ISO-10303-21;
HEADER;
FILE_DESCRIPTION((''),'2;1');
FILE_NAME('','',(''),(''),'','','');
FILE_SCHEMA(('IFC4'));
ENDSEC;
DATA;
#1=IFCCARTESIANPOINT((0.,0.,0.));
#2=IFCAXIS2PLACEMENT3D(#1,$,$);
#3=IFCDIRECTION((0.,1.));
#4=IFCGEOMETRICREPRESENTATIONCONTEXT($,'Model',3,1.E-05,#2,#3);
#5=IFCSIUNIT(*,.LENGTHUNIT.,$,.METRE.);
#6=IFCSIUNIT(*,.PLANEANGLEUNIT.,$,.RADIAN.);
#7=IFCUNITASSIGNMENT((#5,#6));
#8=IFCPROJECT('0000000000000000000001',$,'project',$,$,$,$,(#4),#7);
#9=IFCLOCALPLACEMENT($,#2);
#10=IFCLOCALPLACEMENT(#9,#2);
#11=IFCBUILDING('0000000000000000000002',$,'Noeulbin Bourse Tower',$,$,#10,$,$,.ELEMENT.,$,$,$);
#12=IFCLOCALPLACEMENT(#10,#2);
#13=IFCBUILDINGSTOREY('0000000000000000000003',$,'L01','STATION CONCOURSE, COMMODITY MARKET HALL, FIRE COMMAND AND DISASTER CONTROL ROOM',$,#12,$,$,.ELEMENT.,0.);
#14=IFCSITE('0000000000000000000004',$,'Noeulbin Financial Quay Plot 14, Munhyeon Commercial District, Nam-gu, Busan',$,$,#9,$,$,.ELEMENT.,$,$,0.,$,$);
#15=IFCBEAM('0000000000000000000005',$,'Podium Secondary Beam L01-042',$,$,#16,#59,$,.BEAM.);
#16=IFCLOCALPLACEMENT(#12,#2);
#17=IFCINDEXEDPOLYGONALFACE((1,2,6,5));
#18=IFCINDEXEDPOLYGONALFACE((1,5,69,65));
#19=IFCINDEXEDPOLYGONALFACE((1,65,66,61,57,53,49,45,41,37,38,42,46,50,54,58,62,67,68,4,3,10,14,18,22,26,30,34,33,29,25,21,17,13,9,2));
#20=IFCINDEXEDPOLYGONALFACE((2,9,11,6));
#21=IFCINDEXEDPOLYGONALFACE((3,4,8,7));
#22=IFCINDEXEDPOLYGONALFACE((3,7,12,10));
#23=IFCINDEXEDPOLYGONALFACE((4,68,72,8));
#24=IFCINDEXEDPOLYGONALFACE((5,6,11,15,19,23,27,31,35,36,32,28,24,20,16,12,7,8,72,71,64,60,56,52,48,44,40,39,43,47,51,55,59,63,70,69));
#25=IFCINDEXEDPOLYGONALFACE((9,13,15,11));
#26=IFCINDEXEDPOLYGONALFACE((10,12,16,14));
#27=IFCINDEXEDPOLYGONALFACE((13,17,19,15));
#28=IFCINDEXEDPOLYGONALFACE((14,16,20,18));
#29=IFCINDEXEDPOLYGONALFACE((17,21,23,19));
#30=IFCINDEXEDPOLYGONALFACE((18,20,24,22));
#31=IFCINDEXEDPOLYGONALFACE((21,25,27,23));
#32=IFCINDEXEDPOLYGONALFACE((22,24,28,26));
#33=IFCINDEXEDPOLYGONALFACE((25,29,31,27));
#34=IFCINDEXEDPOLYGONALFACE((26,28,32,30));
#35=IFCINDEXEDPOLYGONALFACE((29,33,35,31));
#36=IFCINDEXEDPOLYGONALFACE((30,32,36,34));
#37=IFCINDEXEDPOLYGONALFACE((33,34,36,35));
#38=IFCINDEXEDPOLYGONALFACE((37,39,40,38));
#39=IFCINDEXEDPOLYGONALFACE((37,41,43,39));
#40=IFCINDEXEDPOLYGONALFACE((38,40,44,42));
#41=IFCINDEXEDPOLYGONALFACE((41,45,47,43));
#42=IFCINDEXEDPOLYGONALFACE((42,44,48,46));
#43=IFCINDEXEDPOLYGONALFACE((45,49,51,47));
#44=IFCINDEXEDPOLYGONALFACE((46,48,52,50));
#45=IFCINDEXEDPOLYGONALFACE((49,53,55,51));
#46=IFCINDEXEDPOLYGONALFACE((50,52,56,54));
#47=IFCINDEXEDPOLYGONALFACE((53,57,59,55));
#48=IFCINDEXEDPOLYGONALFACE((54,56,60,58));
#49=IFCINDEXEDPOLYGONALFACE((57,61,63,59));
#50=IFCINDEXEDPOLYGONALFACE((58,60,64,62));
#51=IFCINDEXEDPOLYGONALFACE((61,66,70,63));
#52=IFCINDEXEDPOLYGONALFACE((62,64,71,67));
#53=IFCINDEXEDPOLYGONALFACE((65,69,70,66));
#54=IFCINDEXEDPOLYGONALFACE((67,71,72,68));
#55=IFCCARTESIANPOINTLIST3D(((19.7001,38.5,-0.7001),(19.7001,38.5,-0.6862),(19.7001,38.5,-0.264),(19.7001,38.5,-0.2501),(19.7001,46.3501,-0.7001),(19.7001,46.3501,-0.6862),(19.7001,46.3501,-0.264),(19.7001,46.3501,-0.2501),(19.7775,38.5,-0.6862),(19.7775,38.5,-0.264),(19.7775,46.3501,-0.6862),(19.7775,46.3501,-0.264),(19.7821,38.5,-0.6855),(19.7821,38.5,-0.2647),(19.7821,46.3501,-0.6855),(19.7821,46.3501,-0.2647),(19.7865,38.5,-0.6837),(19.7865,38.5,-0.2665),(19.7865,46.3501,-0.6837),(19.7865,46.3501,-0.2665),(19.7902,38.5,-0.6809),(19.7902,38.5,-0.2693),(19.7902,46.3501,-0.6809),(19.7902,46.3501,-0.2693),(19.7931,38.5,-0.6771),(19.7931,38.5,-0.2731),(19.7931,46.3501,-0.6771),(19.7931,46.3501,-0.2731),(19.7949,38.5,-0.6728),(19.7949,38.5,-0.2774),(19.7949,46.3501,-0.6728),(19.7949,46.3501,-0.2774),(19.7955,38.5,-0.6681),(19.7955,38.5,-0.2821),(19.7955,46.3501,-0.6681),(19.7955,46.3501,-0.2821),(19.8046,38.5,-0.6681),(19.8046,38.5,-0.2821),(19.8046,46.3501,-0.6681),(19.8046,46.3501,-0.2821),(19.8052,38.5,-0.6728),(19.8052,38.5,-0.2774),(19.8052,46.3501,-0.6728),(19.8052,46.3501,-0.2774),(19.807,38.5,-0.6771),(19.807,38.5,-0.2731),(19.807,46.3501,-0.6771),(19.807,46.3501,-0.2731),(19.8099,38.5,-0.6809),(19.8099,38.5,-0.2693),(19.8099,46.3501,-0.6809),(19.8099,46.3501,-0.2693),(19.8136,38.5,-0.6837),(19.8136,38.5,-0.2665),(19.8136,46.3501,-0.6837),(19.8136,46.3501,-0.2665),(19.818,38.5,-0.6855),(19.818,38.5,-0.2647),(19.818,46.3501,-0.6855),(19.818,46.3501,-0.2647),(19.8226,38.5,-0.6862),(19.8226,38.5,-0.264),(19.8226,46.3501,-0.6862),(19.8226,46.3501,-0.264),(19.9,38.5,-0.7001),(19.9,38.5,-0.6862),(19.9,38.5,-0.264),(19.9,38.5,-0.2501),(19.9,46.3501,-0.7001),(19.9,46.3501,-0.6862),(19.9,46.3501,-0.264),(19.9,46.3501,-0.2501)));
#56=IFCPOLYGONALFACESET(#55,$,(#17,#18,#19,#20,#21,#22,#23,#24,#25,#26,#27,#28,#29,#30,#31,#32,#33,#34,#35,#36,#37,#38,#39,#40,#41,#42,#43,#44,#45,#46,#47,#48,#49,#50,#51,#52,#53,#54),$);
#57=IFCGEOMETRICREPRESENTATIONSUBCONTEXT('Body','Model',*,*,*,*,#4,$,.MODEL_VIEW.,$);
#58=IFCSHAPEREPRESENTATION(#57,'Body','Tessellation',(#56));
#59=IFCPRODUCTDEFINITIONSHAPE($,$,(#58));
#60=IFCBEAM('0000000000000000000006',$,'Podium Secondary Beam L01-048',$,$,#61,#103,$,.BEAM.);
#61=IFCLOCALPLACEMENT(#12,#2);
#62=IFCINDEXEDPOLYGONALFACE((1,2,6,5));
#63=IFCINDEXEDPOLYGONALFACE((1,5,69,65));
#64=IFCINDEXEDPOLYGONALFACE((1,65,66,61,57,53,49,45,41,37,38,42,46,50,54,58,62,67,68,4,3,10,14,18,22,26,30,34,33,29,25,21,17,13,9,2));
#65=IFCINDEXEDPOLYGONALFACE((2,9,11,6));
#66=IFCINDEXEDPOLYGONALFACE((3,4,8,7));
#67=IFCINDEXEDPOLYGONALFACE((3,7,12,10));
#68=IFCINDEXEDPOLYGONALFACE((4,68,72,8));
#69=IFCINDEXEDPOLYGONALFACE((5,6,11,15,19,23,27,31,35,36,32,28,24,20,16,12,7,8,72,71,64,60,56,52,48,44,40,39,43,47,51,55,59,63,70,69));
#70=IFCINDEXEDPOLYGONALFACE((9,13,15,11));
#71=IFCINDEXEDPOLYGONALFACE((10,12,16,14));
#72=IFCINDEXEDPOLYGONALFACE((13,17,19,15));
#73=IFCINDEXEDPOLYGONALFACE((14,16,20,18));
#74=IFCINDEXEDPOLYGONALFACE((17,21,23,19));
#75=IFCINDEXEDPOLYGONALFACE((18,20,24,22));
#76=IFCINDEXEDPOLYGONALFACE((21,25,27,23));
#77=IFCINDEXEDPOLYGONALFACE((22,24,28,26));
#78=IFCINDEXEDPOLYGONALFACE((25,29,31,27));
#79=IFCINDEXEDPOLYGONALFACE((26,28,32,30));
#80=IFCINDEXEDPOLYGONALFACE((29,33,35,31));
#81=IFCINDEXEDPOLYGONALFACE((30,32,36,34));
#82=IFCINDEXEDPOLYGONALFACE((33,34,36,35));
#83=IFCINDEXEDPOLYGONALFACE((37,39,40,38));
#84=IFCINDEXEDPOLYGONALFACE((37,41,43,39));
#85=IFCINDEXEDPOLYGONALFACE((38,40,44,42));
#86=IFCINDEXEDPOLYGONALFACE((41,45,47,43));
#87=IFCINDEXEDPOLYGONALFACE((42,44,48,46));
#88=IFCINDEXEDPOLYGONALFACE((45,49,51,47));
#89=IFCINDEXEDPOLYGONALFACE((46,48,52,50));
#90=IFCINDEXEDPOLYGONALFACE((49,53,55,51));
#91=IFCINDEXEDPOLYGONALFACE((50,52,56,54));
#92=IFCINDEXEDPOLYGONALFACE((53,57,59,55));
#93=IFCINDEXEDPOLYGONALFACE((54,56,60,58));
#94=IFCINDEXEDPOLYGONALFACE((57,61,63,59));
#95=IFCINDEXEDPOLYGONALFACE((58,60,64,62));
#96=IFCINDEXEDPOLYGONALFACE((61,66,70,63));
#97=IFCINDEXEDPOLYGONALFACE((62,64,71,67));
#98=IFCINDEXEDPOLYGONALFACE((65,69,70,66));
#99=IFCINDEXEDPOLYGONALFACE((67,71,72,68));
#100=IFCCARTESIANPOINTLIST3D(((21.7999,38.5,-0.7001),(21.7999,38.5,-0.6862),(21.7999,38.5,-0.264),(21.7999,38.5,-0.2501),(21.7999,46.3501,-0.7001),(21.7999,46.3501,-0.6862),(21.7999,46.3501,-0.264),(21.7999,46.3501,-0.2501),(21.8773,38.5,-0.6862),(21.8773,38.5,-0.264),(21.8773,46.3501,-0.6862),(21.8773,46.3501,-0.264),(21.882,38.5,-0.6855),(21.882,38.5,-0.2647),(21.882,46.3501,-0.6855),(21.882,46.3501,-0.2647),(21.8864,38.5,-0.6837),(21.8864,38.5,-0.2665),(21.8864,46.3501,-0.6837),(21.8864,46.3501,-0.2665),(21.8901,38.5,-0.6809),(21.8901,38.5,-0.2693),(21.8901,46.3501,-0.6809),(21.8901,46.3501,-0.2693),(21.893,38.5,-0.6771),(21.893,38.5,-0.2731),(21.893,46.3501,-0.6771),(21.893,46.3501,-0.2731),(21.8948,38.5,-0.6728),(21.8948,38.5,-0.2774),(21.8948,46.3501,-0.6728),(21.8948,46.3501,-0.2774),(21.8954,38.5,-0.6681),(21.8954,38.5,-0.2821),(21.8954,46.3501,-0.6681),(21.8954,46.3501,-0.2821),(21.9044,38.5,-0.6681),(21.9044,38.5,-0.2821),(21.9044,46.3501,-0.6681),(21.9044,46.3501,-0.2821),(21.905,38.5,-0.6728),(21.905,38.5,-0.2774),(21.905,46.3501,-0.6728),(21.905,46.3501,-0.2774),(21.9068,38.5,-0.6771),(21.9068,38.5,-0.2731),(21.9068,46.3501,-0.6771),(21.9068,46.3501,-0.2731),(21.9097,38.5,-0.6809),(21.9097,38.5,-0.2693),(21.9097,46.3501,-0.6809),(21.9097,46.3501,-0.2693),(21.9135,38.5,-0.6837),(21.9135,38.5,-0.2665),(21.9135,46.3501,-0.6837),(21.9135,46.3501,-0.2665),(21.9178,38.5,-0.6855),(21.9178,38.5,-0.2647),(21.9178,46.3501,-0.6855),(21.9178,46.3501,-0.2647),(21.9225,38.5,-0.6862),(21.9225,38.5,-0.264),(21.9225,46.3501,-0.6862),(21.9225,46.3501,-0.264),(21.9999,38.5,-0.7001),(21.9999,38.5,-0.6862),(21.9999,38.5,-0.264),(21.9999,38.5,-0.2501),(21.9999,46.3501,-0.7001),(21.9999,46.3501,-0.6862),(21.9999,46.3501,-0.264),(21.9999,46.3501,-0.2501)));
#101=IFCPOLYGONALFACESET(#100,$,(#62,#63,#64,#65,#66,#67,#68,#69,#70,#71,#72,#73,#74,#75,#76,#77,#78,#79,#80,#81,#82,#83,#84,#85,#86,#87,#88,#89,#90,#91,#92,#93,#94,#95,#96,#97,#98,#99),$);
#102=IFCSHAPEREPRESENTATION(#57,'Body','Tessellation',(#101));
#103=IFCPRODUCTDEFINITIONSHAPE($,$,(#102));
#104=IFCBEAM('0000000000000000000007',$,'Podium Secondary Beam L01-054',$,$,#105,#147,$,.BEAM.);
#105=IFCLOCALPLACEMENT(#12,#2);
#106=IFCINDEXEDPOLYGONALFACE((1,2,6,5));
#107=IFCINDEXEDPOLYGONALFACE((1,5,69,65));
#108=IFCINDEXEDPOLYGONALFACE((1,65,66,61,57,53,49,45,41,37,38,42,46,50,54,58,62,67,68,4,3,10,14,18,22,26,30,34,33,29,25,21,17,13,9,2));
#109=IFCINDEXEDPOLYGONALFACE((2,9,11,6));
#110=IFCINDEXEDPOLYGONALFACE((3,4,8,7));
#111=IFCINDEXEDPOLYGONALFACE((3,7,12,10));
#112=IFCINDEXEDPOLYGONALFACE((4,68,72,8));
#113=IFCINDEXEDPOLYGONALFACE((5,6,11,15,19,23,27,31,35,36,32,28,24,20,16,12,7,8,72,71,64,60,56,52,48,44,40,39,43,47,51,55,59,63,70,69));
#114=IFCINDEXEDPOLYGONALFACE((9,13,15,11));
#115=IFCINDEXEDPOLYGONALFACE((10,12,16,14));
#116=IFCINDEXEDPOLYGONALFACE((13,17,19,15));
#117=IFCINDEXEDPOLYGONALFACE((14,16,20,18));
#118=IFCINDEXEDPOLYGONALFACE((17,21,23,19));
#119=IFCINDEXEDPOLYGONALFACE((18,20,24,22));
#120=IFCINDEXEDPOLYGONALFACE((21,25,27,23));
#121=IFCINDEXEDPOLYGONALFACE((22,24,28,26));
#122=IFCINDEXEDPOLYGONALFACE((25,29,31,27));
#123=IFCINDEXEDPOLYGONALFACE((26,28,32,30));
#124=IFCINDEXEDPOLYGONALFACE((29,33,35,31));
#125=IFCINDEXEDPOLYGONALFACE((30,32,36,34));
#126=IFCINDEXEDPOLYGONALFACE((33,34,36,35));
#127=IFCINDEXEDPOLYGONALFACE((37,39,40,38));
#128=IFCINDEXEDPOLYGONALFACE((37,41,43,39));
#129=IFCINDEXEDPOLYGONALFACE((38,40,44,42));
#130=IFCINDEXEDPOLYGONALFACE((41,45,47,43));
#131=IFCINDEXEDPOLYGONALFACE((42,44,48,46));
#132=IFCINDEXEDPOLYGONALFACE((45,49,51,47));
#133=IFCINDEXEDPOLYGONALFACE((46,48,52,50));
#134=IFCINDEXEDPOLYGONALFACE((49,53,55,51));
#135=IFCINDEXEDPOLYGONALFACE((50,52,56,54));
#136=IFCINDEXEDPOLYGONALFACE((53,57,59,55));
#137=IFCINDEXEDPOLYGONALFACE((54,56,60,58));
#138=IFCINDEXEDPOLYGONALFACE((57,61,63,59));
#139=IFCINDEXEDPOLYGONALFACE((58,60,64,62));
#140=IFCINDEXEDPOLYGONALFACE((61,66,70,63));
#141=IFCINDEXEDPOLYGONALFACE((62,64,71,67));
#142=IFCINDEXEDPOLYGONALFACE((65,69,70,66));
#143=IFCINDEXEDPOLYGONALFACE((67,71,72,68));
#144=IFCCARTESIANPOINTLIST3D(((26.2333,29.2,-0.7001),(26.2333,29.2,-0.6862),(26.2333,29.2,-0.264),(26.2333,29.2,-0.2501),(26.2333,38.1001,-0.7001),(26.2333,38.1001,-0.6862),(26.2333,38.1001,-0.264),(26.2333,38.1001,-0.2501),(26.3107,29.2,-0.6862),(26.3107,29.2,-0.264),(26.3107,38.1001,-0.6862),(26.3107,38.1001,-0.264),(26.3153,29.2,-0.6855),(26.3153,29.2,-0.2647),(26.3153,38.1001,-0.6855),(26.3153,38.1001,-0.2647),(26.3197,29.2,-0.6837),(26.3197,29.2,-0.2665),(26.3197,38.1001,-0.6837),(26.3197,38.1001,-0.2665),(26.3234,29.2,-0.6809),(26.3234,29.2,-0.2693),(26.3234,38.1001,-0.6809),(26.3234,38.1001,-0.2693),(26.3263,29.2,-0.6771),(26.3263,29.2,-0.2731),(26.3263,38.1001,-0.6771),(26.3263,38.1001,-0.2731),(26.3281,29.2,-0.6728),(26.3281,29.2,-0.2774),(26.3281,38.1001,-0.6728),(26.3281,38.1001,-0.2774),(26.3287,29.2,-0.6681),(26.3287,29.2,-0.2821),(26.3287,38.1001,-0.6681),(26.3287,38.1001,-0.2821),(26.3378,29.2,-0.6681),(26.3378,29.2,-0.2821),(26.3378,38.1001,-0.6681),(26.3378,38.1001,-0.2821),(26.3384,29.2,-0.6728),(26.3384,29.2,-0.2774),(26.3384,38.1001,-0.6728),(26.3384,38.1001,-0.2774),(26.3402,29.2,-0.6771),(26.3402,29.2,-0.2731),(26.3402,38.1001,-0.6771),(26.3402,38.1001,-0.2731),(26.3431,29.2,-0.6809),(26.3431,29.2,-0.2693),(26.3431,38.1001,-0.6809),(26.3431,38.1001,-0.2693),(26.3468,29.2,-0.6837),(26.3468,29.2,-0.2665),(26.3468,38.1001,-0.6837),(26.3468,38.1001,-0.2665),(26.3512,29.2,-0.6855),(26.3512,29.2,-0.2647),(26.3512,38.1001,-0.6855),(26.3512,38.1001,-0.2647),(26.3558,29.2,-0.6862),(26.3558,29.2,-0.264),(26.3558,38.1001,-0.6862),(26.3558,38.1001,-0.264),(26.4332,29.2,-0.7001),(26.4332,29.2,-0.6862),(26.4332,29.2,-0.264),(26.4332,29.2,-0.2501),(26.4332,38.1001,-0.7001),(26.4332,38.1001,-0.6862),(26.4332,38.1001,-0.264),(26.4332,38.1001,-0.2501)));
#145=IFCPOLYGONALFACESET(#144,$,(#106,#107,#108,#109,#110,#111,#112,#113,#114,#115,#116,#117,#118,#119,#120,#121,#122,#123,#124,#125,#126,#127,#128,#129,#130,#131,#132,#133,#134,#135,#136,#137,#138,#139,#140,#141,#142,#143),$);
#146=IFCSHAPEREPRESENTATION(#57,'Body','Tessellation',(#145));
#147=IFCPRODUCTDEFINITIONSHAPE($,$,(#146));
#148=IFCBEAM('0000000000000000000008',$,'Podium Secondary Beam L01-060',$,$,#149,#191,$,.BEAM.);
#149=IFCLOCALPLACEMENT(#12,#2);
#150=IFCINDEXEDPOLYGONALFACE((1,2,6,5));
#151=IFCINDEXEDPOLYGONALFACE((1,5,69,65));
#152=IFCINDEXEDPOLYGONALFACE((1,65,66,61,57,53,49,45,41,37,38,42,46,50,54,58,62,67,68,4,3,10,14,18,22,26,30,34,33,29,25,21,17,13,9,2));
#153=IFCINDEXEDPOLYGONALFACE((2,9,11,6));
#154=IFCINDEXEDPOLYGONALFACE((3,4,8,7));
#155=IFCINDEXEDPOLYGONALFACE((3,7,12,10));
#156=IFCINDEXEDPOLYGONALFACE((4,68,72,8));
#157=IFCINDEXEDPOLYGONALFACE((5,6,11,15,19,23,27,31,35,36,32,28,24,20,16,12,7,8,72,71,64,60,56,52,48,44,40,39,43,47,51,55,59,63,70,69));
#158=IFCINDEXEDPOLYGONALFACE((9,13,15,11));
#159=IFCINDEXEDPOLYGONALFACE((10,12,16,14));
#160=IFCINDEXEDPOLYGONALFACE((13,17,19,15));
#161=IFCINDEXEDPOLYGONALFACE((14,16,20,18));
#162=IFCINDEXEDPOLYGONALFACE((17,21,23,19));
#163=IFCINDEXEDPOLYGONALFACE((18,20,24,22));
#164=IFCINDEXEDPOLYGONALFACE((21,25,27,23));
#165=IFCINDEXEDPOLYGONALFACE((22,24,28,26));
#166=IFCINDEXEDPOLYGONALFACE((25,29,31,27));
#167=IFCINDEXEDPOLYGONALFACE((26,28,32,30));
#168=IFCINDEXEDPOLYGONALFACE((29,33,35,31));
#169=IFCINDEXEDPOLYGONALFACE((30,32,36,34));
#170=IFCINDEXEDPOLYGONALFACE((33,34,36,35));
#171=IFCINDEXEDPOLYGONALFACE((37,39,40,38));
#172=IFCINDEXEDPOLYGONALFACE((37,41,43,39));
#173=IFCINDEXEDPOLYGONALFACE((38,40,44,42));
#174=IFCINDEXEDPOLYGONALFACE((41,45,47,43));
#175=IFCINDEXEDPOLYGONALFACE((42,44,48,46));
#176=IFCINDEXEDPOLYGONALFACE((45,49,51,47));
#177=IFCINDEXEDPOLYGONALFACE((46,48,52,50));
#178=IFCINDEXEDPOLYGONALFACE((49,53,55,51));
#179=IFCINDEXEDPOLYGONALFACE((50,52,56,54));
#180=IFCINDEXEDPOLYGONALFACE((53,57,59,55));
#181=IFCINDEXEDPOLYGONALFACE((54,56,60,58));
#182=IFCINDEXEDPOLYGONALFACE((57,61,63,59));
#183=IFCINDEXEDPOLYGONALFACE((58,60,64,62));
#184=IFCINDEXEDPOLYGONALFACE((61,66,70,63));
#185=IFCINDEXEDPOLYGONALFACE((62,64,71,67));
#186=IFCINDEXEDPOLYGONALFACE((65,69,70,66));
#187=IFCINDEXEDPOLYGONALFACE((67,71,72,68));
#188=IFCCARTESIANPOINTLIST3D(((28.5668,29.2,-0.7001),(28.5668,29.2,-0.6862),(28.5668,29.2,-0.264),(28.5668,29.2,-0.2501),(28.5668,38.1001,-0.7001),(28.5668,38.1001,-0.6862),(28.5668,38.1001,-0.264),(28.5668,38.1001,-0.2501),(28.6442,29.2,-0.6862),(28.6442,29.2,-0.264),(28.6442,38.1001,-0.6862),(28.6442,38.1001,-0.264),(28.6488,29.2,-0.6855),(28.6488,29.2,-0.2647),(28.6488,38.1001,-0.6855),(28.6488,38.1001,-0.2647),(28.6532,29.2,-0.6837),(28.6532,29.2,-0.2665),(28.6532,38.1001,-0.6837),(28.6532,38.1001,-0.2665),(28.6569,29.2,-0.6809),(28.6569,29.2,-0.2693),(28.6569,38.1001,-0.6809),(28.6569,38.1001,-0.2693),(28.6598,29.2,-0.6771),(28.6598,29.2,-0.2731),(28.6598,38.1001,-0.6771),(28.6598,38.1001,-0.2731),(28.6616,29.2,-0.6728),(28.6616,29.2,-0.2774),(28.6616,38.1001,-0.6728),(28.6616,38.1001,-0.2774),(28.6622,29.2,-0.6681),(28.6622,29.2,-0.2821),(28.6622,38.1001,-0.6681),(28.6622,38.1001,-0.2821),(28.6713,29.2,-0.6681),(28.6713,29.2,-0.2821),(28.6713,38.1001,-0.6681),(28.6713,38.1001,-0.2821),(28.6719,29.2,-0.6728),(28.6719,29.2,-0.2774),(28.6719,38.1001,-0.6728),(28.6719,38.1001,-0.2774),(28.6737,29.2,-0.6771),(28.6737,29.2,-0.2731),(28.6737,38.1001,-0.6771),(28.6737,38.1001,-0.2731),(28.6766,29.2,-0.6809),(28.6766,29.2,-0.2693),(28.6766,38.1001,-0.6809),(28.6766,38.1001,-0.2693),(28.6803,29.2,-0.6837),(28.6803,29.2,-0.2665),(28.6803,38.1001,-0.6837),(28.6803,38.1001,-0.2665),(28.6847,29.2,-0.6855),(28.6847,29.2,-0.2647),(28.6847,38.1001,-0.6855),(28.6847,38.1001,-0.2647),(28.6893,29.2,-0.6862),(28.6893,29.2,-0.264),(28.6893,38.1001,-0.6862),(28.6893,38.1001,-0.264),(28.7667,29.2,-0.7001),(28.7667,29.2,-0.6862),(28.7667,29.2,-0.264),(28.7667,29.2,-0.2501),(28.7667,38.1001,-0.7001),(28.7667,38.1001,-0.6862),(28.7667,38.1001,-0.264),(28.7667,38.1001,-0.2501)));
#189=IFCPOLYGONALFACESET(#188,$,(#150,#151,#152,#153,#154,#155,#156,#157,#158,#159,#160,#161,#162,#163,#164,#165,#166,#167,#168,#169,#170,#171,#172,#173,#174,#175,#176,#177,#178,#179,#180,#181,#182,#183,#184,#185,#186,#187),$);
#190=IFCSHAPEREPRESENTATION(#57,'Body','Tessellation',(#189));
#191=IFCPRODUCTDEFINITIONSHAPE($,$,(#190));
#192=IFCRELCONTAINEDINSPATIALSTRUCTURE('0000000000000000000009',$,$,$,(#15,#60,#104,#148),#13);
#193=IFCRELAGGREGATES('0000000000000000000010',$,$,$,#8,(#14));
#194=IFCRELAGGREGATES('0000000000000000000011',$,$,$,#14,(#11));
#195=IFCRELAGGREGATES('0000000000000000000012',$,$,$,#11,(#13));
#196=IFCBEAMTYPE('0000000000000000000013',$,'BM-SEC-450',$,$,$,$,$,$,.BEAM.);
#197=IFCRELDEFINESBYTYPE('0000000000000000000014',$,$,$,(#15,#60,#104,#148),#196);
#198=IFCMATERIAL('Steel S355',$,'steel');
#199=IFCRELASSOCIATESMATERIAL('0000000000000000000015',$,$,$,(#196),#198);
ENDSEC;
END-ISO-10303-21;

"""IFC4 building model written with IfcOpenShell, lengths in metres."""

from ifc_helpers import new_model, si_unit, direction, frame, origin, origin_2d, place, context, subcontext, project, spatial, i_section, extrude, material, material_profile, profile_set, type_object, element, save


model = new_model("IFC4")

# Units and contexts
model_context = context("Model", 3, precision=1e-05, world=origin(), true_north=direction((0.0, 1.0)))
body_context = subcontext(model_context, "Body", "Model", "MODEL_VIEW")
ifc_project = project(units=[si_unit("LENGTHUNIT", "METRE"), si_unit("PLANEANGLEUNIT", "RADIAN")], contexts=[model_context])

# Site, building, storey
site_placement = place(None, origin())
site = spatial("IfcSite", under=ifc_project, at=site_placement, Name="Noeulbin Financial Quay Plot 14, Munhyeon Commercial District, Nam-gu, Busan", CompositionType="ELEMENT", RefElevation=0.0)
building_placement = place(site_placement, origin())
building = spatial("IfcBuilding", under=site, at=building_placement, Name="Noeulbin Bourse Tower", CompositionType="ELEMENT")
storey_placement = place(building_placement, origin())
storey = spatial("IfcBuildingStorey", under=building, at=storey_placement, Name="L01", Description="STATION CONCOURSE, COMMODITY MARKET HALL, FIRE COMMAND AND DISASTER CONTROL ROOM", CompositionType="ELEMENT", Elevation=0.0)

# Beams
ifc_material_1 = material(Name="Steel S355", Category="steel")
ifc_material_profile_1 = material_profile(ifc_material_1, i_section(OverallWidth=0.2, OverallDepth=0.45, WebThickness=0.009, FlangeThickness=0.0139, FilletRadius=0.0181, at=origin_2d()), Name="H-450x200x9x14", Category="LoadBearing")
ifc_profile_set_1 = profile_set([ifc_material_profile_1], Name="Steel S355")
beam_type_1 = type_object("IfcBeamType", Name="BM-SEC-450", PredefinedType="BEAM", material=ifc_profile_set_1)
for number, where, z_axis, x_axis, name in (
    (1, (19.8, 38.5, -0.4751), (0.0, 1.0, 0.0), (-1.0, 0.0, 0.0), "Podium Secondary Beam L01-042"),
    (2, (21.8999, 38.5, -0.4751), (0.0, 1.0, 0.0), (-1.0, 0.0, 0.0), "Podium Secondary Beam L01-048"),
):
    element("IfcBeam", number, at=place(storey_placement, frame(where, z_axis=z_axis, x_axis=x_axis)), inside=storey, type_object=beam_type_1, Name=name, PredefinedType="BEAM", context=body_context, shape_type="SweptSolid", body=[
        extrude(i_section(OverallWidth=0.2, OverallDepth=0.45, WebThickness=0.009, FlangeThickness=0.0139, FilletRadius=0.0181, at=origin_2d()), origin(), (0.0, 0.0, 1.0), 7.8501),
    ])
for number, where, z_axis, x_axis, name in (
    (3, (26.3333, 29.2, -0.4751), (0.0, 1.0, 0.0), (-1.0, 0.0, 0.0), "Podium Secondary Beam L01-054"),
    (4, (28.6667, 29.2, -0.4751), (0.0, 1.0, 0.0), (-1.0, 0.0, 0.0), "Podium Secondary Beam L01-060"),
):
    element("IfcBeam", number, at=place(storey_placement, frame(where, z_axis=z_axis, x_axis=x_axis)), inside=storey, type_object=beam_type_1, Name=name, PredefinedType="BEAM", context=body_context, shape_type="SweptSolid", body=[
        extrude(i_section(OverallWidth=0.2, OverallDepth=0.45, WebThickness=0.009, FlangeThickness=0.0139, FilletRadius=0.0181, at=origin_2d()), origin(), (0.0, 0.0, 1.0), 8.9001),
    ])

save(model, "model.ifc")
